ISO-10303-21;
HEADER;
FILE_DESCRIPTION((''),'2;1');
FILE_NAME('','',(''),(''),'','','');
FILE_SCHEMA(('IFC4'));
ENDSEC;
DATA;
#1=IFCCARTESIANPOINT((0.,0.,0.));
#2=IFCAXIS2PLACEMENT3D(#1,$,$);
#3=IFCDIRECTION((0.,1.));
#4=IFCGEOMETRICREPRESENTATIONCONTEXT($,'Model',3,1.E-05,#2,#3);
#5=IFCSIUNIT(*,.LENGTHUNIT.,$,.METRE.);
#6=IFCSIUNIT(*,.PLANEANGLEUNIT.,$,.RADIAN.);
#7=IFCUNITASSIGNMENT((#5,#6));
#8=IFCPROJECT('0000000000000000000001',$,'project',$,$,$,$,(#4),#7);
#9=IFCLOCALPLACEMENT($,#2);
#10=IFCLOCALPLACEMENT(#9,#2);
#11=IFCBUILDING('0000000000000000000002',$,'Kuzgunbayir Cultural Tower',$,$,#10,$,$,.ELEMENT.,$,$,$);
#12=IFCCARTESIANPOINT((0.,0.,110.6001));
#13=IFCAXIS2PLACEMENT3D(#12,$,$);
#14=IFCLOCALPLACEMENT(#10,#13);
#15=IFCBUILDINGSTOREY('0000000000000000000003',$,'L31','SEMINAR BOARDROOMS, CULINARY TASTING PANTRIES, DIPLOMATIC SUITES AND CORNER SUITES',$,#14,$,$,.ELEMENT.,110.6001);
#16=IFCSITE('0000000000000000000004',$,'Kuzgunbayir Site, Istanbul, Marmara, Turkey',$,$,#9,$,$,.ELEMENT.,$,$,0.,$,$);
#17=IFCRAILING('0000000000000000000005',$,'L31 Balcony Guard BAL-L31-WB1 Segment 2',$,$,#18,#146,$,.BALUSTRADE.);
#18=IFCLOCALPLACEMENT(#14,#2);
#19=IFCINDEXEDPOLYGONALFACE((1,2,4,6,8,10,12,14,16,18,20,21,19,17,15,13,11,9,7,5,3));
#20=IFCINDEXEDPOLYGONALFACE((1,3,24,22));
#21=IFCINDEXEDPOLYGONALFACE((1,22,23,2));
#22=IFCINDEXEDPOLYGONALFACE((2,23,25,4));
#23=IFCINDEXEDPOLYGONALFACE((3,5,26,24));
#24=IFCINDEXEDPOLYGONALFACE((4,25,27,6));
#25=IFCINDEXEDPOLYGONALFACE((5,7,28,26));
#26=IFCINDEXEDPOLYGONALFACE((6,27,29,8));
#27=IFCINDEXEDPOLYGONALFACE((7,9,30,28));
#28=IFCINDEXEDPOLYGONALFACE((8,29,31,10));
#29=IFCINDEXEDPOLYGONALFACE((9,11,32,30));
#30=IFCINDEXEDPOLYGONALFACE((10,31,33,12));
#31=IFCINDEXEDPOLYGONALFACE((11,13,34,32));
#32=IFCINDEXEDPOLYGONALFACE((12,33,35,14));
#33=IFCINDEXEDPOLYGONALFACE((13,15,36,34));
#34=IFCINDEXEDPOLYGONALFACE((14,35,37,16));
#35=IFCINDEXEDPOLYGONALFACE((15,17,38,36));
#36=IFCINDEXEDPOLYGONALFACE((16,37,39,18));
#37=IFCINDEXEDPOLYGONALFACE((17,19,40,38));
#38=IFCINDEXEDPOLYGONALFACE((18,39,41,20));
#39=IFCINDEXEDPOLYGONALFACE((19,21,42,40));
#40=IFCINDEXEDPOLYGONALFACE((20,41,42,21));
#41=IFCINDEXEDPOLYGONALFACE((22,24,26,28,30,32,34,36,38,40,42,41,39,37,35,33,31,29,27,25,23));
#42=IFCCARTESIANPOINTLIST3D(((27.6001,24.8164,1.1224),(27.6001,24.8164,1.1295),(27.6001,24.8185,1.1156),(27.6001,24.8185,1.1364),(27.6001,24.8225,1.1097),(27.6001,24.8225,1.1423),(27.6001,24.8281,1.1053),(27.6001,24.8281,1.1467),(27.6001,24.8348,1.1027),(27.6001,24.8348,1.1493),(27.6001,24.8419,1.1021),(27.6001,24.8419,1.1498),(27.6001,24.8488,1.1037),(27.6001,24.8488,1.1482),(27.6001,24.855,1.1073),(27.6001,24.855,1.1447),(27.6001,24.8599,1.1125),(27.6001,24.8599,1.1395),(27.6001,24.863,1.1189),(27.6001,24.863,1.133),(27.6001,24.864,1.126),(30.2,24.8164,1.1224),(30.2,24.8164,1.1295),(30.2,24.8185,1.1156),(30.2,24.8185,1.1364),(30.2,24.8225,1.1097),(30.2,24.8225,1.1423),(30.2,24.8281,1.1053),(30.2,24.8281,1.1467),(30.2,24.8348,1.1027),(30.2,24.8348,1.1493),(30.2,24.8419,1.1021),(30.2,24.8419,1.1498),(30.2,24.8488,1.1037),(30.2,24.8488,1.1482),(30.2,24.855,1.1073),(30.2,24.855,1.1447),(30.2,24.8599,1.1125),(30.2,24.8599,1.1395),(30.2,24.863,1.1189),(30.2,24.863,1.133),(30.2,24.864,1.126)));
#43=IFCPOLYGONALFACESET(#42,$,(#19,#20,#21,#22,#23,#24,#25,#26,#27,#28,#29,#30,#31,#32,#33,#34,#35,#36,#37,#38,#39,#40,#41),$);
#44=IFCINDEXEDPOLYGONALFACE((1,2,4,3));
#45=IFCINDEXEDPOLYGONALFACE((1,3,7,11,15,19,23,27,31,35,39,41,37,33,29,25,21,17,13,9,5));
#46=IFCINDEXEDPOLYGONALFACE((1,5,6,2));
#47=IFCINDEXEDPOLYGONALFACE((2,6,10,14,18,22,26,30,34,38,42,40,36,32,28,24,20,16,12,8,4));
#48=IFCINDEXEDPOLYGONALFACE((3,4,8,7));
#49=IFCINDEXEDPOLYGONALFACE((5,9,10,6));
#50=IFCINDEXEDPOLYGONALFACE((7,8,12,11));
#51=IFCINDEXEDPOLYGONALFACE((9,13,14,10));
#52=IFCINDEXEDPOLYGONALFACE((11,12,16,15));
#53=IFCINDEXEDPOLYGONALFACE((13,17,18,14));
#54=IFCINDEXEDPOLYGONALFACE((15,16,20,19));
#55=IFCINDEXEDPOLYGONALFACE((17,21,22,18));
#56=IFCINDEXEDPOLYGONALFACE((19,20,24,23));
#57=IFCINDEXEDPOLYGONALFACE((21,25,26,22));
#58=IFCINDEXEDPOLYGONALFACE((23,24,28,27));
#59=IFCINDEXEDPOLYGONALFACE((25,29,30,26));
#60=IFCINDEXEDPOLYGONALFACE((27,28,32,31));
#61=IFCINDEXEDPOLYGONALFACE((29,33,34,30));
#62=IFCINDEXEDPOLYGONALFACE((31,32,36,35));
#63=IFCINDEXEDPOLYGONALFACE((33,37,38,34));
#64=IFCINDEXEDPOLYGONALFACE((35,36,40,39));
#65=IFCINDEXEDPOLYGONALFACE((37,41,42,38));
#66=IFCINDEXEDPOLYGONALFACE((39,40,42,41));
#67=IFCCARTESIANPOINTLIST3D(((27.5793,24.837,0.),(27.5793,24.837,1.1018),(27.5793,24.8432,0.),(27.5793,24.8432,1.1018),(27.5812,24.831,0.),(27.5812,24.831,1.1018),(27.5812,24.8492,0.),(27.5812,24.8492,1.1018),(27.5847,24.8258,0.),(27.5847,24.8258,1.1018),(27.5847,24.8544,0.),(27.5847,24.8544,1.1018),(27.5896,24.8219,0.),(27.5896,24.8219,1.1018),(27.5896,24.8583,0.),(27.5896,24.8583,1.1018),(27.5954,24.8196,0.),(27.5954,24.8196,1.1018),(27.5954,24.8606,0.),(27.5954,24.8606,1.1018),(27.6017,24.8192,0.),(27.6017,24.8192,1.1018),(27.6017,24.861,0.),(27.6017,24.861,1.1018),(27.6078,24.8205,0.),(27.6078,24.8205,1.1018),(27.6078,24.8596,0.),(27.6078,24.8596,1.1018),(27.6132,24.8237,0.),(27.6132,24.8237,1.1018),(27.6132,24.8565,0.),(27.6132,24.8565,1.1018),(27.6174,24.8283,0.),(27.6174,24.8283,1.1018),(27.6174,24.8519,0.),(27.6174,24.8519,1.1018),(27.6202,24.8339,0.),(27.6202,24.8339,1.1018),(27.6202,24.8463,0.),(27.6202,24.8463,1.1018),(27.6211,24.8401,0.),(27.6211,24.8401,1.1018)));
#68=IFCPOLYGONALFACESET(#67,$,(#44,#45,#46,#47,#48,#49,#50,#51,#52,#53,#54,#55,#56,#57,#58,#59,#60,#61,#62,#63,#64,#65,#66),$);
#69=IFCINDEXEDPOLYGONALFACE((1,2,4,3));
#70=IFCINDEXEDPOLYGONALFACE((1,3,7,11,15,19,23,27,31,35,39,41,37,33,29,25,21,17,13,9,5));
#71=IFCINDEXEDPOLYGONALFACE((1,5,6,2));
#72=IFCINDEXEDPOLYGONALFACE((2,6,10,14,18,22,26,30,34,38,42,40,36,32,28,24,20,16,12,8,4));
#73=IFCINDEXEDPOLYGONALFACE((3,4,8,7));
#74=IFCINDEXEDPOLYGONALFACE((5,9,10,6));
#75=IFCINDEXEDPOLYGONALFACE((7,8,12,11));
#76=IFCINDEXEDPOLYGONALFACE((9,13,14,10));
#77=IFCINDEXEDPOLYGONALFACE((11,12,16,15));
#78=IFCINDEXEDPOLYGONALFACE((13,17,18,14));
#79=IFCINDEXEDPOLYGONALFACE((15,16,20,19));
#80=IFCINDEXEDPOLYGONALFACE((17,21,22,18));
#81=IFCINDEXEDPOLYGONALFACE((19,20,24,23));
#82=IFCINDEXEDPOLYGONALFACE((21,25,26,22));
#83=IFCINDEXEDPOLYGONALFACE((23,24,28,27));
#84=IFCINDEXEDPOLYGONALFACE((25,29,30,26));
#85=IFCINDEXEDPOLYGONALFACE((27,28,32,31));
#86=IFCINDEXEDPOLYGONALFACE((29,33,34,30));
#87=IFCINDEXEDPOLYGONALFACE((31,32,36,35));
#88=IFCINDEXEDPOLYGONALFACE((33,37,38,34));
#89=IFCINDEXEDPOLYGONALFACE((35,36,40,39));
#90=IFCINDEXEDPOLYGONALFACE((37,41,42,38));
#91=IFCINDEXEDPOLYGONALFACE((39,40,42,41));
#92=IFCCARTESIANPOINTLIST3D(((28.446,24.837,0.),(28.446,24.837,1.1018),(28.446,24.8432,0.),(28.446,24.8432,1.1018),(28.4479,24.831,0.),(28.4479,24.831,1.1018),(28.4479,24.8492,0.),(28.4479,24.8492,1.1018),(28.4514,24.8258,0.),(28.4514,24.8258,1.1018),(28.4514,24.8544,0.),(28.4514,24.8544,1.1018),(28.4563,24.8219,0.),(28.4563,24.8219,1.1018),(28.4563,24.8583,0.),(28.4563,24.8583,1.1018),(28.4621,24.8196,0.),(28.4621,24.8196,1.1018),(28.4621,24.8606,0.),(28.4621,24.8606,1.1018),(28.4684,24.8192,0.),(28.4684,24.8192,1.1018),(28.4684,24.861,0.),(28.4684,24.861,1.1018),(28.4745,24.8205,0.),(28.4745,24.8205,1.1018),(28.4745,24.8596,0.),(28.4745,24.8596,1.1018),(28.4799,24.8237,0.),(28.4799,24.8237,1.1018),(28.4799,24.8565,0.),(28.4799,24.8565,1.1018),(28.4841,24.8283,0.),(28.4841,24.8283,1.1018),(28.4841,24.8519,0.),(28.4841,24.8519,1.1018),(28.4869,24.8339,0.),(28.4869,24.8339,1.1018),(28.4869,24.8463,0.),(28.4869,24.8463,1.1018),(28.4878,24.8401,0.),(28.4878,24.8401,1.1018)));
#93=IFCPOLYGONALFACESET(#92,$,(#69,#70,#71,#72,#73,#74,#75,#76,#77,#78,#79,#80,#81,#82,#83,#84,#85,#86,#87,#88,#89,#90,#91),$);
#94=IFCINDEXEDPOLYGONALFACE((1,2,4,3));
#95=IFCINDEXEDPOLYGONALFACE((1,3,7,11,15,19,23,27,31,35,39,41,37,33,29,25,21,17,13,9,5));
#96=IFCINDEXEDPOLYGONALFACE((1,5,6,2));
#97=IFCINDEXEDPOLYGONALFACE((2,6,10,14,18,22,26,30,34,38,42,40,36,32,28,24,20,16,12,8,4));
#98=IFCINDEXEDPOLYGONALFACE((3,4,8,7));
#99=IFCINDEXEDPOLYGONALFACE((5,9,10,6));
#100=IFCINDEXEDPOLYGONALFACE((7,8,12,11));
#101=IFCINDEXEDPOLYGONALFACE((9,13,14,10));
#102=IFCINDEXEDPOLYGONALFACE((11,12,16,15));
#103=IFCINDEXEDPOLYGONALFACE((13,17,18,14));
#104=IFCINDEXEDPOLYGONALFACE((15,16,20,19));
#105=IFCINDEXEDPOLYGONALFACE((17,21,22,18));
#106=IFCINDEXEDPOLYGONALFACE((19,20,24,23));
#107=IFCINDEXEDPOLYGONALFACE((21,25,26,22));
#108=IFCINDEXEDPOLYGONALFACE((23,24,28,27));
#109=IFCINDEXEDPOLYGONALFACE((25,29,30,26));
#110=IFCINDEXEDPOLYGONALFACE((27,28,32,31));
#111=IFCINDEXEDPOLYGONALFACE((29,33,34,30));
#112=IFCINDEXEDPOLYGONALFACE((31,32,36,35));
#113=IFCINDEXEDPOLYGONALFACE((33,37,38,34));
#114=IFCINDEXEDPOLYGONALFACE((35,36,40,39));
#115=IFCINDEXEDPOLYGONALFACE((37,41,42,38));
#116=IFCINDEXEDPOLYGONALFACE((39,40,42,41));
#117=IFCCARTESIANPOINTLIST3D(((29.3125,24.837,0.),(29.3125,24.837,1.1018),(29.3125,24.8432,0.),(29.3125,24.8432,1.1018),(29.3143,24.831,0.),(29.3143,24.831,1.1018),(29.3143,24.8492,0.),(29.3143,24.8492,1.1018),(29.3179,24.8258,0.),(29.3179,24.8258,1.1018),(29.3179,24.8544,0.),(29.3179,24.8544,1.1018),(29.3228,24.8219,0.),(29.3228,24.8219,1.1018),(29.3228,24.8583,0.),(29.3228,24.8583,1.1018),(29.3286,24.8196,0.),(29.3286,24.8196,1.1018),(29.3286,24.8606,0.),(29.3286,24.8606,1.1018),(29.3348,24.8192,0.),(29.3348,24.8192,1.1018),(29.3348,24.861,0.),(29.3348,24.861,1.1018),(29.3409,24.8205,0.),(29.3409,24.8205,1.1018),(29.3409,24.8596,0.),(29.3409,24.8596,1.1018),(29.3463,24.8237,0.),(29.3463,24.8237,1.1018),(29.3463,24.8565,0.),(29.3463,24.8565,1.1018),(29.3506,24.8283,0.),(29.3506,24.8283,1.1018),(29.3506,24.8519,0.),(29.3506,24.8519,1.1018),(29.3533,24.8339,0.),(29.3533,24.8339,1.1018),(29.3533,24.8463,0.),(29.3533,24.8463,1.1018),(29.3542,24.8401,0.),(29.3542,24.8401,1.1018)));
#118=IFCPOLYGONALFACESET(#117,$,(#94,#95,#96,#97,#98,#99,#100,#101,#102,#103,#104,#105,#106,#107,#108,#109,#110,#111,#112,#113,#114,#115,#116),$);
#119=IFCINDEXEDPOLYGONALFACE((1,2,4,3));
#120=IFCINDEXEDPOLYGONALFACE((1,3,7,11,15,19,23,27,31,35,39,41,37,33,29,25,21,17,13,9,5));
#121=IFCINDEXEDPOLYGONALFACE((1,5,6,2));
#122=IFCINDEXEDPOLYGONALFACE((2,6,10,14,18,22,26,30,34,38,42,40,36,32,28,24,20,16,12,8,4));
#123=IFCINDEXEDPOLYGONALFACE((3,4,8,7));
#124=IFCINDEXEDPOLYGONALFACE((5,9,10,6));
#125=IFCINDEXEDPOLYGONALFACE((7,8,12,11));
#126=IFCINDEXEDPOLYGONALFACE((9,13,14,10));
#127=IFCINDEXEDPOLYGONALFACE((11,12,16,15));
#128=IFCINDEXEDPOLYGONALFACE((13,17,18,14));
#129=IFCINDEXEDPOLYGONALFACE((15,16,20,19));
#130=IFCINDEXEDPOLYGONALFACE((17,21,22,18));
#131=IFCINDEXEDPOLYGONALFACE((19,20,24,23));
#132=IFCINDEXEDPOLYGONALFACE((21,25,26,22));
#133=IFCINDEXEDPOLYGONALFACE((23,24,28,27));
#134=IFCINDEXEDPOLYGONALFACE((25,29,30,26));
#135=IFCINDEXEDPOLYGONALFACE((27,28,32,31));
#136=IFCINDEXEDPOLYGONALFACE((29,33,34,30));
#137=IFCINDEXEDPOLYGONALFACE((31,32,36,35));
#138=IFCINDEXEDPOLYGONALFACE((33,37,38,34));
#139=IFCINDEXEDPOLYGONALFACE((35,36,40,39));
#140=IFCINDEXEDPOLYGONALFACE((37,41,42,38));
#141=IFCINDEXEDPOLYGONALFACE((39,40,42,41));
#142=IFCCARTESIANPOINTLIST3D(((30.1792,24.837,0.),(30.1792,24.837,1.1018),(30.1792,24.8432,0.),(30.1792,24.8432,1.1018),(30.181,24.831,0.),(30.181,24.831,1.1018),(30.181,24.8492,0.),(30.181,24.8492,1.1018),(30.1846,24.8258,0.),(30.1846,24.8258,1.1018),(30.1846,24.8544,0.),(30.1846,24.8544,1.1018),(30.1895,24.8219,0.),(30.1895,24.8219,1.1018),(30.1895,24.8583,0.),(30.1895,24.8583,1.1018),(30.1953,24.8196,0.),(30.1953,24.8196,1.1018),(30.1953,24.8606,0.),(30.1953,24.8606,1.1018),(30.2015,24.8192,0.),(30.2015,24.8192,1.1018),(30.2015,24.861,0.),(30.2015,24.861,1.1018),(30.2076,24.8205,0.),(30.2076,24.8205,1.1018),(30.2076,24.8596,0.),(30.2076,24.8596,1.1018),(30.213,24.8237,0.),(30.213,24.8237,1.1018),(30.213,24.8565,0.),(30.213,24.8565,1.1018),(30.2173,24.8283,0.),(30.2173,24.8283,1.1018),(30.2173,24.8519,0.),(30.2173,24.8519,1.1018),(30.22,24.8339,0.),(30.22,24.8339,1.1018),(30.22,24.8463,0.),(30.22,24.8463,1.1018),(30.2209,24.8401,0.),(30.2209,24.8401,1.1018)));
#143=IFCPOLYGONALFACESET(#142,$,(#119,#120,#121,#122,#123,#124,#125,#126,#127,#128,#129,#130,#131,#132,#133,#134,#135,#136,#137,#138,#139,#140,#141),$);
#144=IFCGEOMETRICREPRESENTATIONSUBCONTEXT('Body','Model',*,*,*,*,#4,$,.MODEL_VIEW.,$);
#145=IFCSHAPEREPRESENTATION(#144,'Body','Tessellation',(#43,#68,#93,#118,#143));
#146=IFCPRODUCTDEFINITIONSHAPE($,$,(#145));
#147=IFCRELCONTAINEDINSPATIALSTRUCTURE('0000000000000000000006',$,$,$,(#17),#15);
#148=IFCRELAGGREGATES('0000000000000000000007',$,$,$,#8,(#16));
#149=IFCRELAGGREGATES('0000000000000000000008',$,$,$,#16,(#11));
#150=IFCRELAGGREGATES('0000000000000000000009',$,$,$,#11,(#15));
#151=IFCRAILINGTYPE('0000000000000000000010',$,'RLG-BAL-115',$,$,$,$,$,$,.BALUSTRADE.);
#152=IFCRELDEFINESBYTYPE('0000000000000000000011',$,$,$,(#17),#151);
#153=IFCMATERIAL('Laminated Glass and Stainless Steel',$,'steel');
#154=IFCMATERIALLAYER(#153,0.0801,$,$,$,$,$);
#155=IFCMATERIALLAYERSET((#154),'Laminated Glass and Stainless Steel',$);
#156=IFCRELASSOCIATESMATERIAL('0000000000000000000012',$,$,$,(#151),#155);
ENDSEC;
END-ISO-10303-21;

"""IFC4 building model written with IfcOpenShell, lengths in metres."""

from ifc_helpers import new_model, si_unit, direction, frame, origin, origin_2d, place, context, subcontext, project, spatial, circle, extrude, material, layer, layer_set, type_object, element, save


model = new_model("IFC4")

# Units and contexts
model_context = context("Model", 3, precision=1e-05, world=origin(), true_north=direction((0.0, 1.0)))
body_context = subcontext(model_context, "Body", "Model", "MODEL_VIEW")
ifc_project = project(units=[si_unit("LENGTHUNIT", "METRE"), si_unit("PLANEANGLEUNIT", "RADIAN")], contexts=[model_context])

# Site, building, storey
site_placement = place(None, origin())
site = spatial("IfcSite", under=ifc_project, at=site_placement, Name="Kuzgunbayir Site, Istanbul, Marmara, Turkey", CompositionType="ELEMENT", RefElevation=0.0)
building_placement = place(site_placement, origin())
building = spatial("IfcBuilding", under=site, at=building_placement, Name="Kuzgunbayir Cultural Tower", CompositionType="ELEMENT")
storey_placement = place(building_placement, frame((0.0, 0.0, 110.6001)))
storey = spatial("IfcBuildingStorey", under=building, at=storey_placement, Name="L31", Description="SEMINAR BOARDROOMS, CULINARY TASTING PANTRIES, DIPLOMATIC SUITES AND CORNER SUITES", CompositionType="ELEMENT", Elevation=110.6001)

# Railing
ifc_material_1 = material(Name="Laminated Glass and Stainless Steel", Category="steel")
ifc_layer_1 = layer(ifc_material_1, 0.0801)
ifc_layer_set_1 = layer_set([ifc_layer_1], Name="Laminated Glass and Stainless Steel")
railing_type = type_object("IfcRailingType", Name="RLG-BAL-115", PredefinedType="BALUSTRADE", material=ifc_layer_set_1)
railing_1_placement = place(storey_placement, frame((27.6001, 24.8401, 0.0)))
element("IfcRailing", 1, at=railing_1_placement, inside=storey, type_object=railing_type, Name="L31 Balcony Guard BAL-L31-WB1 Segment 2", PredefinedType="BALUSTRADE", context=body_context, shape_type="SweptSolid", body=[
    extrude(circle(Radius=0.0239, at=origin_2d()), frame((0.0, 0.0, 1.126), z_axis=(1.0, 0.0, 0.0), x_axis=(0.0, 1.0, 0.0)), (0.0, 0.0, 1.0), 2.5999),
    extrude(circle(Radius=0.021, at=origin_2d()), origin(), (0.0, 0.0, 1.0), 1.1018),
    extrude(circle(Radius=0.021, at=origin_2d()), frame((0.8667, 0.0, 0.0)), (0.0, 0.0, 1.0), 1.1018),
    extrude(circle(Radius=0.021, at=origin_2d()), frame((1.7332, 0.0, 0.0)), (0.0, 0.0, 1.0), 1.1018),
    extrude(circle(Radius=0.021, at=origin_2d()), frame((2.5999, 0.0, 0.0)), (0.0, 0.0, 1.0), 1.1018),
])

save(model, "model.ifc")
